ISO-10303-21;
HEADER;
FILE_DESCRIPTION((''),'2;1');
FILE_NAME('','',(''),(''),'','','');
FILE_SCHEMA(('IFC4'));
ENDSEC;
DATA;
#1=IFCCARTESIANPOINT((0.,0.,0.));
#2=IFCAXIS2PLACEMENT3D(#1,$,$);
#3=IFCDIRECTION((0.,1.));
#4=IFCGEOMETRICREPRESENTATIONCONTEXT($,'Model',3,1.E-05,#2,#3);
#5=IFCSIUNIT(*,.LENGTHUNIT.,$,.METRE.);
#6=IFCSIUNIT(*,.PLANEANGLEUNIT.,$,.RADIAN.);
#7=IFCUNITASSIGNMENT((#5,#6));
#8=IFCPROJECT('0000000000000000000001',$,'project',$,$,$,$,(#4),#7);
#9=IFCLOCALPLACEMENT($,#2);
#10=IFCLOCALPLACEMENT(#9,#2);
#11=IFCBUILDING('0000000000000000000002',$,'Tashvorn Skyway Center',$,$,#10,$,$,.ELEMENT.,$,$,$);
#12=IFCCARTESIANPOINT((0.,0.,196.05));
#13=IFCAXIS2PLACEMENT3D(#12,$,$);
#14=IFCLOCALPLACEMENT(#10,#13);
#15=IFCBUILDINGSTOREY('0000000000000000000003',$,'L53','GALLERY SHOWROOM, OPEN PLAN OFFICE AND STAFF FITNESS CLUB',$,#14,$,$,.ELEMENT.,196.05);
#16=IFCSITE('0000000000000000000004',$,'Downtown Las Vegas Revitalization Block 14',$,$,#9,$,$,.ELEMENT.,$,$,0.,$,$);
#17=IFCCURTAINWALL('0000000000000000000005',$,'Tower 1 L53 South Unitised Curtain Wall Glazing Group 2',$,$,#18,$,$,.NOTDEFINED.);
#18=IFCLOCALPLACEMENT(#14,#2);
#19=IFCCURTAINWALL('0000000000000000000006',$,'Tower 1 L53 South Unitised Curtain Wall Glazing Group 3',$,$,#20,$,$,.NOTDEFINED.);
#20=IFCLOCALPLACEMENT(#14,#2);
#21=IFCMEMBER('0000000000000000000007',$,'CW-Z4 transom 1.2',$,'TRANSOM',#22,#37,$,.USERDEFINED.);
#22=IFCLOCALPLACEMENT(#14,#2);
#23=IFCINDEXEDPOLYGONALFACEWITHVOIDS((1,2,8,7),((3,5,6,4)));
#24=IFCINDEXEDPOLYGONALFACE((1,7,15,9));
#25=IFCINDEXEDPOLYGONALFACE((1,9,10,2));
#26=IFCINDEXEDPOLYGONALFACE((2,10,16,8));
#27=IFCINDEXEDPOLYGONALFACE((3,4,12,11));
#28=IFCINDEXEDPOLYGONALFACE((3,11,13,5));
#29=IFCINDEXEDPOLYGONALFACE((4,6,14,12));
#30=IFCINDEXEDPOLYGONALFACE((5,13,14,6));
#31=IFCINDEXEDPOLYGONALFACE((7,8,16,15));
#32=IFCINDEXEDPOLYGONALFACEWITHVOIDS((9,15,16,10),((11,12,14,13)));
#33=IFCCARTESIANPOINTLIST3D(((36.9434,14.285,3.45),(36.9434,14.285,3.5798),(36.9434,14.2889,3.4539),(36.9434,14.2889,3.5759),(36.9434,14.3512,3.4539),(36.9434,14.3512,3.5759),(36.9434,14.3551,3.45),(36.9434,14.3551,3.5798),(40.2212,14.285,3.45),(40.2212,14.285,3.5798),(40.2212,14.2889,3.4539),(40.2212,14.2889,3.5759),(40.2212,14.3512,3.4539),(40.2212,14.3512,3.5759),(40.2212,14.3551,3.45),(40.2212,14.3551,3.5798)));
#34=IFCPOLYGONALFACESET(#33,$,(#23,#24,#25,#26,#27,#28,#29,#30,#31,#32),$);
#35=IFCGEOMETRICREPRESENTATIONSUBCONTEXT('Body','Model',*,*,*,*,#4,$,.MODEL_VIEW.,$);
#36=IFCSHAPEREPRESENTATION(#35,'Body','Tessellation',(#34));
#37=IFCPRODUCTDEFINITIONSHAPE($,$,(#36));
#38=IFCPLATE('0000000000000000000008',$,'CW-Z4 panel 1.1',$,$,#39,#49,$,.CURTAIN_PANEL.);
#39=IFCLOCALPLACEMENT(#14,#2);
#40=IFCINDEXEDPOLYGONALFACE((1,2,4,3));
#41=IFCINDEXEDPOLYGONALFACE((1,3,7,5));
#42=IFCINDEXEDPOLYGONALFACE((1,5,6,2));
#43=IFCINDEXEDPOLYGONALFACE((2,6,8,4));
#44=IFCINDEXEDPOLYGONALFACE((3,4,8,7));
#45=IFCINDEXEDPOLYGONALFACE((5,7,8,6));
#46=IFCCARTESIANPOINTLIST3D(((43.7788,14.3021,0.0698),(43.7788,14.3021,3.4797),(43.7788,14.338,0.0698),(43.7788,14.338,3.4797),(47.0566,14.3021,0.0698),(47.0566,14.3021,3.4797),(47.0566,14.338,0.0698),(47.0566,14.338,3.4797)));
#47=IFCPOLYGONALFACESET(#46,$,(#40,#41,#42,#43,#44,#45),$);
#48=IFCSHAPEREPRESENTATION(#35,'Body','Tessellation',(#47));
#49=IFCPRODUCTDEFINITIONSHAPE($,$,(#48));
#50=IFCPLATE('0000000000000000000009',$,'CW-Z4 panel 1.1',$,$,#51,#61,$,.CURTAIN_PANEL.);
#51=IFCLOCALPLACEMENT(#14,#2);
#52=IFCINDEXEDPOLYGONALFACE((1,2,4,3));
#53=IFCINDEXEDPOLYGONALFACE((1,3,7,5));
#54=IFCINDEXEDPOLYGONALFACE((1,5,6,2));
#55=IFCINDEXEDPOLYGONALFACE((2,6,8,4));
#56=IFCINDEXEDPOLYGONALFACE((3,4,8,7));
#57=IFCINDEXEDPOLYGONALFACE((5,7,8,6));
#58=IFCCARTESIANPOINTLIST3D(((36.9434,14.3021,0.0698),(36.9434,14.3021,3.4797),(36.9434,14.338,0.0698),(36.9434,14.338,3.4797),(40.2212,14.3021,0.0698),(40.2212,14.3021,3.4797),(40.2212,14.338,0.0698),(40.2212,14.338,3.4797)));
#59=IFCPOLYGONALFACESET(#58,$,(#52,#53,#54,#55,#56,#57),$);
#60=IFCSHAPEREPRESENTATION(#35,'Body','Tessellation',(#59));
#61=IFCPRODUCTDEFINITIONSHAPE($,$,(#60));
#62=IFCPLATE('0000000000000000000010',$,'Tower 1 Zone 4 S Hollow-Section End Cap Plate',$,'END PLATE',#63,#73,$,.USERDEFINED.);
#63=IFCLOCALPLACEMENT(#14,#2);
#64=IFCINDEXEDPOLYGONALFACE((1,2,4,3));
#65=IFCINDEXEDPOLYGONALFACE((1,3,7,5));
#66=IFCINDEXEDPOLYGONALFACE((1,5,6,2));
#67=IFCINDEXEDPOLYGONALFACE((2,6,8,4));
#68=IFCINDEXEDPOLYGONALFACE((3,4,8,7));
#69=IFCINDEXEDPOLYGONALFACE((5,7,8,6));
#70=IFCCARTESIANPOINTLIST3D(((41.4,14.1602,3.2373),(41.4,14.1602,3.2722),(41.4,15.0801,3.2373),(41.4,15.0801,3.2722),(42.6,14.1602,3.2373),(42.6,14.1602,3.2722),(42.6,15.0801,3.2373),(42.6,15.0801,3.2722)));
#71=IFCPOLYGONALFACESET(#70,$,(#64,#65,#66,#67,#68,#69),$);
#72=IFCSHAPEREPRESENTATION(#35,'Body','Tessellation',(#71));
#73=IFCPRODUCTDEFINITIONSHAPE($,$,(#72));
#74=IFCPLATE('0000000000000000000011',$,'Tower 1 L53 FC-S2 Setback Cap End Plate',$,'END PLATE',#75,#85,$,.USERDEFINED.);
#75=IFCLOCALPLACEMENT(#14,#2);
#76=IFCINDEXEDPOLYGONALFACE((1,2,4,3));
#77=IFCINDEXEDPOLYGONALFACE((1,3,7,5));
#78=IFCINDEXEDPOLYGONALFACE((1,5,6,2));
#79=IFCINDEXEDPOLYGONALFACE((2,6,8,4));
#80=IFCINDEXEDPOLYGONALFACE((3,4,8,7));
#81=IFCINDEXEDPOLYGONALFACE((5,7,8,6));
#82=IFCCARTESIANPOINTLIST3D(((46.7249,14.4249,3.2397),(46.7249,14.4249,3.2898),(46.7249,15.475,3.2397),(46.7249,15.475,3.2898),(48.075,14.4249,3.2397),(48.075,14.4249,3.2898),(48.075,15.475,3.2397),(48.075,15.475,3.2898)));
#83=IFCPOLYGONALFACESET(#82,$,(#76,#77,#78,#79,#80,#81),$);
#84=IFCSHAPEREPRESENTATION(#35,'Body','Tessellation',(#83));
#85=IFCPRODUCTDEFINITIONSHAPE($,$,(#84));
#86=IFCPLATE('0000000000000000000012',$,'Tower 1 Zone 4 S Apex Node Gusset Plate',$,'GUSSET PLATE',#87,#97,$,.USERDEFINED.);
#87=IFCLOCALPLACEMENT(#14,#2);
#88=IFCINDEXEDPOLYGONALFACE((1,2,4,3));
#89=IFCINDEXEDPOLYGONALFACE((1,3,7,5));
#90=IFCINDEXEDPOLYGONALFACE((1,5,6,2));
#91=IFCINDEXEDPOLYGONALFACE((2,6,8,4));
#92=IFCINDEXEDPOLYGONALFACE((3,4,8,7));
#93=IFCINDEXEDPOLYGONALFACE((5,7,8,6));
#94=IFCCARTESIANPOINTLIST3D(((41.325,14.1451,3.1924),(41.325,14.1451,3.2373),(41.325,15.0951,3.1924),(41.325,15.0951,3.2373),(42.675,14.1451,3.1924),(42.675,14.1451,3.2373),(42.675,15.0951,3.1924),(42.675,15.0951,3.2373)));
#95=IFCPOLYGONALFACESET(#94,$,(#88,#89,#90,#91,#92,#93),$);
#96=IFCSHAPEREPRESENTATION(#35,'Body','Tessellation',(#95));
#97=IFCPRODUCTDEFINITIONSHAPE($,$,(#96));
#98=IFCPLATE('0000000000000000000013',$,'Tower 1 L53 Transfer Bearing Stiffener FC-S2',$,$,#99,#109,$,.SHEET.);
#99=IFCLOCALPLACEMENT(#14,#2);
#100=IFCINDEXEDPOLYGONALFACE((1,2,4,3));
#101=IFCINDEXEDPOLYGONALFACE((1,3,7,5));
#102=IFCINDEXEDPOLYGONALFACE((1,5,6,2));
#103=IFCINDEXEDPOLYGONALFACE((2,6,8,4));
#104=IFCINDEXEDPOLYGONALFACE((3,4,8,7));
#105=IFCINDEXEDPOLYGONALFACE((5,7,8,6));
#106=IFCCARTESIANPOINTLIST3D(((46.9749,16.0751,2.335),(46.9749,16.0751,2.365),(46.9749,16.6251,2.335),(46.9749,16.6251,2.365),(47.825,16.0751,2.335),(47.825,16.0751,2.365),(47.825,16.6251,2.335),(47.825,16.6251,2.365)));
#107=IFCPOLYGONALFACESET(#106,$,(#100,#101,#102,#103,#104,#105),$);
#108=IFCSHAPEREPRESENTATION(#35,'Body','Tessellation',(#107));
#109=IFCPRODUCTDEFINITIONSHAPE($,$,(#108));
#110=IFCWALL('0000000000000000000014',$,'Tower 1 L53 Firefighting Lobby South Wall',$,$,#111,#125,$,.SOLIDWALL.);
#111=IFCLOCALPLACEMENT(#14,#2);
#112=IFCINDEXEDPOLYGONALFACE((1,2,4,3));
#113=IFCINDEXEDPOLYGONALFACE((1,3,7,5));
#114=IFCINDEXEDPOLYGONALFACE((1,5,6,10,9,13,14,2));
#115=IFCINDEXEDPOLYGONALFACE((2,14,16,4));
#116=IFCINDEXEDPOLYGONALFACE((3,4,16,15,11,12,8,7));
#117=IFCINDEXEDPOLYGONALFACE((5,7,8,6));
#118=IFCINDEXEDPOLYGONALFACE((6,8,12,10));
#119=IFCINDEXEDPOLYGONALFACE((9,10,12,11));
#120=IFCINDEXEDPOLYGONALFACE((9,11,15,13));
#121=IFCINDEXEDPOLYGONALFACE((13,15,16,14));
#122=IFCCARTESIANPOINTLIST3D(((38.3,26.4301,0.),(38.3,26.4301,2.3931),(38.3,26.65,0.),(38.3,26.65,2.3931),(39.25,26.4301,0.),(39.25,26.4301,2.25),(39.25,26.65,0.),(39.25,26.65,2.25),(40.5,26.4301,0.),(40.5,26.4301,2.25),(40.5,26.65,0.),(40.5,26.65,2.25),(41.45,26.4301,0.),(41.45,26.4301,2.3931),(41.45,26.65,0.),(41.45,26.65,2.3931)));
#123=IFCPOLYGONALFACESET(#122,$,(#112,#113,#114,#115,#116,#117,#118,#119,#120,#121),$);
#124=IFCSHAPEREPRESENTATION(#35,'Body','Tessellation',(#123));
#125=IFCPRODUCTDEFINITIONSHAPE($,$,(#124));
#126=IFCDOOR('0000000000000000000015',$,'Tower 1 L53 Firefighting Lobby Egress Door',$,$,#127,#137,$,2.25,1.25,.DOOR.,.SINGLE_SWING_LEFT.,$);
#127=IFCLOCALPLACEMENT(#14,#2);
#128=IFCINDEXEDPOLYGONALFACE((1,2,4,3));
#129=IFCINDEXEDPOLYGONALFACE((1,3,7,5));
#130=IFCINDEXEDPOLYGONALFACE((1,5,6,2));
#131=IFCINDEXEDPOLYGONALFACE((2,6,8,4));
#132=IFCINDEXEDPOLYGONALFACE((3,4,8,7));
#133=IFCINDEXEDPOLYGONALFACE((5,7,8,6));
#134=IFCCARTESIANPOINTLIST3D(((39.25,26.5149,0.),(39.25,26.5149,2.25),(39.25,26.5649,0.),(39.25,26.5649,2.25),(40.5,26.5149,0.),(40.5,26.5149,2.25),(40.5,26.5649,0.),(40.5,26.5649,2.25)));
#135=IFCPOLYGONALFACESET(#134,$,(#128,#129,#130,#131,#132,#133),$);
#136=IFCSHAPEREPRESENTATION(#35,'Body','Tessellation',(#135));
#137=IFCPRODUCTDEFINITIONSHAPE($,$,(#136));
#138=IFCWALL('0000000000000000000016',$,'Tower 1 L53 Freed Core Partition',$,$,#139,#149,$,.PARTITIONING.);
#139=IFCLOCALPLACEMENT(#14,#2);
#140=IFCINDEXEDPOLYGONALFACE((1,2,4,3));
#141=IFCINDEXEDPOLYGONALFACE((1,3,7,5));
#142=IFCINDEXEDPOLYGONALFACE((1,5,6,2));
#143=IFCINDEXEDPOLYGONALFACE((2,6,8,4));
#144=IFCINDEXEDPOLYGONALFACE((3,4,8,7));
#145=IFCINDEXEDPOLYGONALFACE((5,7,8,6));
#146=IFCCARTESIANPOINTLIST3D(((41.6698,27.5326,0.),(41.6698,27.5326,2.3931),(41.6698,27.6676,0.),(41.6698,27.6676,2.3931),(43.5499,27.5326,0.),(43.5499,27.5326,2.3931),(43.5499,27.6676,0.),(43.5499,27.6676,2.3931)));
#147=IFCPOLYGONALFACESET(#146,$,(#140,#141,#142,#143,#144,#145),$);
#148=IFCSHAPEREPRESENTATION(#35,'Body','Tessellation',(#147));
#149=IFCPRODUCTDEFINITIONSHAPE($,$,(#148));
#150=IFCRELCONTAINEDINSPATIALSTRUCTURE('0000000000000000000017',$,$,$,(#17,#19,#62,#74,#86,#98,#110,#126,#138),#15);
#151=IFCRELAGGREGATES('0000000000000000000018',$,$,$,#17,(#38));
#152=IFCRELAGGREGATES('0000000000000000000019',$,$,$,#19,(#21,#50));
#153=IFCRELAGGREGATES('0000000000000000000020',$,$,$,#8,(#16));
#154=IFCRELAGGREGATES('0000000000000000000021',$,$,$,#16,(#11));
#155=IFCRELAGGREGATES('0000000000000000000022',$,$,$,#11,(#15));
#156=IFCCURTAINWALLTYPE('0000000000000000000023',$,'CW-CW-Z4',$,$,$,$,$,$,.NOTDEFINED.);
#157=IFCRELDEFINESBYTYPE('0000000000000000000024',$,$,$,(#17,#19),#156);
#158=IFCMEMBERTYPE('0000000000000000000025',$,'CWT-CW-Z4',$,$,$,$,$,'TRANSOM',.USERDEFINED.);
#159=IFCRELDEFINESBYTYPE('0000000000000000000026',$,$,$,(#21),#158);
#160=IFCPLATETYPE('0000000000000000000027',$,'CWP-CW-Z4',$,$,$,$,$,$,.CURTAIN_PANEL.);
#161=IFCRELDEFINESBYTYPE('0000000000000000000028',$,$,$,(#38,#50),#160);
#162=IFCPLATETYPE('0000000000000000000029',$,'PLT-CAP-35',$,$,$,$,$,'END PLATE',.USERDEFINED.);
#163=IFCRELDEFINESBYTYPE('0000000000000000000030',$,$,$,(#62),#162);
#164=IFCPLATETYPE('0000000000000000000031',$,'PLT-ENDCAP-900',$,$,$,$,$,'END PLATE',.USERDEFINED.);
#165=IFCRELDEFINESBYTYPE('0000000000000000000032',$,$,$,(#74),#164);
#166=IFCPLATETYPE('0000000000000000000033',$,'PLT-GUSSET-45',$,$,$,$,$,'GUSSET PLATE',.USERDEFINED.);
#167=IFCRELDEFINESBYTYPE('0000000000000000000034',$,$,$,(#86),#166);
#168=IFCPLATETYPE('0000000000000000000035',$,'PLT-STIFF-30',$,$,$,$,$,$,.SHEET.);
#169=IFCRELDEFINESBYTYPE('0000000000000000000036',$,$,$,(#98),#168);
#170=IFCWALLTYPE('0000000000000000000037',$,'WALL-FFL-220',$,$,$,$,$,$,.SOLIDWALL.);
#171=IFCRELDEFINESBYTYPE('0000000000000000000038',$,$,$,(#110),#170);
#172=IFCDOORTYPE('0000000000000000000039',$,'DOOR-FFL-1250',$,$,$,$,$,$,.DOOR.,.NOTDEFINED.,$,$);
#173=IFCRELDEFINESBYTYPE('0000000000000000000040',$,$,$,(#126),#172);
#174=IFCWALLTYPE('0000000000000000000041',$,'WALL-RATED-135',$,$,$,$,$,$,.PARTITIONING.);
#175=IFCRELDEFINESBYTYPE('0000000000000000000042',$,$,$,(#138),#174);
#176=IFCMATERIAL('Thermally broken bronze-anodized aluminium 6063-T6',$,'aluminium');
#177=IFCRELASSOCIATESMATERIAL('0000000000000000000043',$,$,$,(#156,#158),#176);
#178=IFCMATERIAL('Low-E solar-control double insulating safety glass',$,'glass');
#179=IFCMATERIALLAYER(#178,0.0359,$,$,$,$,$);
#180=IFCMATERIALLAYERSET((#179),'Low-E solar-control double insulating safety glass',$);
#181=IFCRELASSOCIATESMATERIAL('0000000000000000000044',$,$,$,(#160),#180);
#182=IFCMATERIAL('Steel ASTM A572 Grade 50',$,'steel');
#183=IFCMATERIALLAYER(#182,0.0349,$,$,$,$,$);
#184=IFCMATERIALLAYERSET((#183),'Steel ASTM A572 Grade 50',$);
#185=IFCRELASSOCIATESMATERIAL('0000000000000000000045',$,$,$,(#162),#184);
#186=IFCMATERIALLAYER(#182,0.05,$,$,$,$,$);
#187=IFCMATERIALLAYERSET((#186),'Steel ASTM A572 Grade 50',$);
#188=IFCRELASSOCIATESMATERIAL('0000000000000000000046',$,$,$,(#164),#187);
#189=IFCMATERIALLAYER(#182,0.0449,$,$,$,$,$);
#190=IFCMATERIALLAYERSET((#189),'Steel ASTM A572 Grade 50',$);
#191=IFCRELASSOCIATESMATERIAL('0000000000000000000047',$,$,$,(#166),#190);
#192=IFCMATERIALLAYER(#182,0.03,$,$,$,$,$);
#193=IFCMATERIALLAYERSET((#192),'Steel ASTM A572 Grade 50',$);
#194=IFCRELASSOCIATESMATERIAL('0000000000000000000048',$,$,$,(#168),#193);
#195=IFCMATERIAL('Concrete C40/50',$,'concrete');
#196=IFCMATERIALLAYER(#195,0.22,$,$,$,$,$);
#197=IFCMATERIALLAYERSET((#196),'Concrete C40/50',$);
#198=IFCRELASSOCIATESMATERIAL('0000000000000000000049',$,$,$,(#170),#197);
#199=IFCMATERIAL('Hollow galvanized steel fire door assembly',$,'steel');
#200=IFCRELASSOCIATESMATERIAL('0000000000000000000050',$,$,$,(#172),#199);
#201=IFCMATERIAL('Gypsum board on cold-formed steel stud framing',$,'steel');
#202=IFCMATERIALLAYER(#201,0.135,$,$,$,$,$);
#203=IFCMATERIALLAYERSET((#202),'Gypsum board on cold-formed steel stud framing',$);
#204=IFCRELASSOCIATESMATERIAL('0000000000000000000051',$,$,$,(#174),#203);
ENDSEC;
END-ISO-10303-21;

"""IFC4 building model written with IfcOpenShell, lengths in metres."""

from ifc_helpers import new_model, si_unit, direction, frame, frame_2d, origin, origin_2d, place, context, subcontext, project, spatial, rectangle, hollow_rectangle, extrude, material, layer, layer_set, material_profile, profile_set, type_object, element, fill, aggregate, save


model = new_model("IFC4")

# Units and contexts
model_context = context("Model", 3, precision=1e-05, world=origin(), true_north=direction((0.0, 1.0)))
body_context = subcontext(model_context, "Body", "Model", "MODEL_VIEW")
ifc_project = project(units=[si_unit("LENGTHUNIT", "METRE"), si_unit("PLANEANGLEUNIT", "RADIAN")], contexts=[model_context])

# Site, building, storey
site_placement = place(None, origin())
site = spatial("IfcSite", under=ifc_project, at=site_placement, Name="Downtown Las Vegas Revitalization Block 14", CompositionType="ELEMENT", RefElevation=0.0)
building_placement = place(site_placement, origin())
building = spatial("IfcBuilding", under=site, at=building_placement, Name="Tashvorn Skyway Center", CompositionType="ELEMENT")
storey_placement = place(building_placement, frame((0.0, 0.0, 196.05)))
storey = spatial("IfcBuildingStorey", under=building, at=storey_placement, Name="L53", Description="GALLERY SHOWROOM, OPEN PLAN OFFICE AND STAFF FITNESS CLUB", CompositionType="ELEMENT", Elevation=196.05)

# Shared definitions
ifc_material_1 = material(Name="Steel ASTM A572 Grade 50", Category="steel")

# Shared definitions
ifc_material_2 = material(Name="Thermally broken bronze-anodized aluminium 6063-T6", Category="aluminium")
curtain_wall_type = type_object("IfcCurtainWallType", Name="CW-CW-Z4", PredefinedType="NOTDEFINED", material=ifc_material_2)

# Curtain wall
curtain_wall_1_placement = place(storey_placement, origin())
curtain_wall_1 = element("IfcCurtainWall", 1, at=curtain_wall_1_placement, inside=storey, type_object=curtain_wall_type, Name="Tower 1 L53 South Unitised Curtain Wall Glazing Group 2", PredefinedType="NOTDEFINED")

# Curtain wall
curtain_wall_2_placement = place(storey_placement, origin())
curtain_wall_2 = element("IfcCurtainWall", 2, at=curtain_wall_2_placement, inside=storey, type_object=curtain_wall_type, Name="Tower 1 L53 South Unitised Curtain Wall Glazing Group 3", PredefinedType="NOTDEFINED")

# Member
ifc_material_profile_1 = material_profile(ifc_material_2, hollow_rectangle(XDim=0.0701, YDim=0.1299, WallThickness=0.0039, at=origin_2d()), Name="ALU-TRAN-70x130")
ifc_profile_set_1 = profile_set([ifc_material_profile_1], Name="Thermally broken bronze-anodized aluminium 6063-T6")
member_type_1 = type_object("IfcMemberType", Name="CWT-CW-Z4", ElementType="TRANSOM", PredefinedType="USERDEFINED", material=ifc_profile_set_1)
member_1_placement = place(storey_placement, frame((40.2212, 14.3201, 3.5149), z_axis=(-1.0, 0.0, 0.0), x_axis=(0.0, -1.0, 0.0)))
member_1 = element("IfcMember", 3, at=member_1_placement, type_object=member_type_1, Name="CW-Z4 transom 1.2", ObjectType="TRANSOM", PredefinedType="USERDEFINED", context=body_context, shape_type="SweptSolid", body=[
    extrude(hollow_rectangle(XDim=0.0701, YDim=0.1299, WallThickness=0.0039, at=origin_2d()), origin(), (0.0, 0.0, 1.0), 3.2778),
])

# Plates
ifc_material_3 = material(Name="Low-E solar-control double insulating safety glass", Category="glass")
ifc_layer_1 = layer(ifc_material_3, 0.0359)
ifc_layer_set_1 = layer_set([ifc_layer_1], Name="Low-E solar-control double insulating safety glass")
plate_type_1 = type_object("IfcPlateType", Name="CWP-CW-Z4", PredefinedType="CURTAIN_PANEL", material=ifc_layer_set_1)
plate_1_placement = place(storey_placement, frame((45.4177, 14.3201, 0.0698), z_axis=(0.0, 0.0, 1.0), x_axis=(-1.0, 0.0, 0.0)))
plate_1 = element("IfcPlate", 4, at=plate_1_placement, type_object=plate_type_1, Name="CW-Z4 panel 1.1", PredefinedType="CURTAIN_PANEL", context=body_context, shape_type="SweptSolid", body=[
    extrude(rectangle(XDim=3.2778, YDim=0.0359, at=origin_2d()), origin(), (0.0, 0.0, 1.0), 3.4099),
])
aggregate(curtain_wall_1, [plate_1])
plate_2_placement = place(storey_placement, frame((38.5823, 14.3201, 0.0698), z_axis=(0.0, 0.0, 1.0), x_axis=(-1.0, 0.0, 0.0)))
plate_2 = element("IfcPlate", 5, at=plate_2_placement, type_object=plate_type_1, Name="CW-Z4 panel 1.1", PredefinedType="CURTAIN_PANEL", context=body_context, shape_type="SweptSolid", body=[
    extrude(rectangle(XDim=3.2778, YDim=0.0359, at=origin_2d()), origin(), (0.0, 0.0, 1.0), 3.4099),
])
aggregate(curtain_wall_2, [member_1, plate_2])

# Plates
ifc_layer_2 = layer(ifc_material_1, 0.0349)
ifc_layer_set_2 = layer_set([ifc_layer_2], Name="Steel ASTM A572 Grade 50")
plate_type_2 = type_object("IfcPlateType", Name="PLT-CAP-35", ElementType="END PLATE", PredefinedType="USERDEFINED", material=ifc_layer_set_2)
plate_3_placement = place(storey_placement, frame((42.0, 14.6201, 3.2373), z_axis=(0.0, 0.0, 1.0), x_axis=(1.0, 0.0, 0.0)))
element("IfcPlate", 6, at=plate_3_placement, inside=storey, type_object=plate_type_2, Name="Tower 1 Zone 4 S Hollow-Section End Cap Plate", ObjectType="END PLATE", PredefinedType="USERDEFINED", context=body_context, shape_type="SweptSolid", body=[
    extrude(rectangle(XDim=1.2, YDim=0.9199, at=origin_2d()), origin(), (0.0, 0.0, 1.0), 0.0349),
])
ifc_layer_3 = layer(ifc_material_1, 0.05)
ifc_layer_set_3 = layer_set([ifc_layer_3], Name="Steel ASTM A572 Grade 50")
plate_type_3 = type_object("IfcPlateType", Name="PLT-ENDCAP-900", ElementType="END PLATE", PredefinedType="USERDEFINED", material=ifc_layer_set_3)
plate_4_placement = place(storey_placement, frame((47.3999, 14.95, 3.2397), z_axis=(0.0, 0.0, 1.0), x_axis=(1.0, 0.0, 0.0)))
element("IfcPlate", 7, at=plate_4_placement, inside=storey, type_object=plate_type_3, Name="Tower 1 L53 FC-S2 Setback Cap End Plate", ObjectType="END PLATE", PredefinedType="USERDEFINED", context=body_context, shape_type="SweptSolid", body=[
    extrude(rectangle(XDim=1.3501, YDim=1.05, at=origin_2d()), origin(), (0.0, 0.0, 1.0), 0.05),
])
ifc_layer_4 = layer(ifc_material_1, 0.0449)
ifc_layer_set_4 = layer_set([ifc_layer_4], Name="Steel ASTM A572 Grade 50")
plate_type_4 = type_object("IfcPlateType", Name="PLT-GUSSET-45", ElementType="GUSSET PLATE", PredefinedType="USERDEFINED", material=ifc_layer_set_4)
plate_5_placement = place(storey_placement, frame((42.0, 14.6201, 3.1924), z_axis=(0.0, 0.0, 1.0), x_axis=(1.0, 0.0, 0.0)))
element("IfcPlate", 8, at=plate_5_placement, inside=storey, type_object=plate_type_4, Name="Tower 1 Zone 4 S Apex Node Gusset Plate", ObjectType="GUSSET PLATE", PredefinedType="USERDEFINED", context=body_context, shape_type="SweptSolid", body=[
    extrude(rectangle(XDim=1.3501, YDim=0.95, at=origin_2d()), origin(), (0.0, 0.0, 1.0), 0.0449),
])
ifc_layer_5 = layer(ifc_material_1, 0.03)
ifc_layer_set_5 = layer_set([ifc_layer_5], Name="Steel ASTM A572 Grade 50")
plate_type_5 = type_object("IfcPlateType", Name="PLT-STIFF-30", PredefinedType="SHEET", material=ifc_layer_set_5)
plate_6_placement = place(storey_placement, frame((47.3999, 16.3501, 2.335), z_axis=(0.0, 0.0, 1.0), x_axis=(1.0, 0.0, 0.0)))
element("IfcPlate", 9, at=plate_6_placement, inside=storey, type_object=plate_type_5, Name="Tower 1 L53 Transfer Bearing Stiffener FC-S2", PredefinedType="SHEET", context=body_context, shape_type="SweptSolid", body=[
    extrude(rectangle(XDim=0.8501, YDim=0.55, at=origin_2d()), origin(), (0.0, 0.0, 1.0), 0.03),
])

# Wall, opening, door
ifc_material_4 = material(Name="Concrete C40/50", Category="concrete")
ifc_layer_6 = layer(ifc_material_4, 0.22)
ifc_layer_set_6 = layer_set([ifc_layer_6], Name="Concrete C40/50")
wall_type_1 = type_object("IfcWallType", Name="WALL-FFL-220", PredefinedType="SOLIDWALL", material=ifc_layer_set_6)
wall_1_placement = place(storey_placement, frame((38.3, 26.54, 0.0), z_axis=(0.0, 0.0, 1.0), x_axis=(1.0, 0.0, 0.0)))
wall_1 = element("IfcWall", 10, at=wall_1_placement, inside=storey, type_object=wall_type_1, Name="Tower 1 L53 Firefighting Lobby South Wall", PredefinedType="SOLIDWALL", context=body_context, shape_type="SweptSolid", body=[
    extrude(rectangle(XDim=3.1499, YDim=0.22, at=frame_2d((1.575, 0.0))), origin(), (0.0, 0.0, 1.0), 2.3931),
])
opening_1_placement = place(wall_1_placement, frame((0.95, 0.0, 0.0)))
opening_1 = element("IfcOpeningElement", 11, at=opening_1_placement, cuts=wall_1, PredefinedType="OPENING", context=body_context, shape_type="SweptSolid", body=[
    extrude(rectangle(XDim=1.25, YDim=2.25, at=frame_2d((0.625, 1.125))), frame((0.0, 0.1199, 0.0), z_axis=(0.0, -1.0, 0.0), x_axis=(1.0, 0.0, 0.0)), (0.0, 0.0, 1.0), 0.24),
])
ifc_material_5 = material(Name="Hollow galvanized steel fire door assembly", Category="steel")
door_type_1 = type_object("IfcDoorType", Name="DOOR-FFL-1250", OperationType="NOTDEFINED", PredefinedType="DOOR", material=ifc_material_5)
door_1_placement = place(opening_1_placement, origin())
door_1 = element("IfcDoor", 12, at=door_1_placement, inside=storey, type_object=door_type_1, Name="Tower 1 L53 Firefighting Lobby Egress Door", OperationType="SINGLE_SWING_LEFT", OverallHeight=2.25, OverallWidth=1.25, PredefinedType="DOOR", context=body_context, shape_type="SweptSolid", body=[
    extrude(rectangle(XDim=1.25, YDim=2.25, at=frame_2d((0.625, 1.125))), frame((0.0, 0.0249, 0.0), z_axis=(0.0, -1.0, 0.0), x_axis=(1.0, 0.0, 0.0)), (0.0, 0.0, 1.0), 0.05),
])
fill(opening_1, door_1)

# Wall
ifc_material_6 = material(Name="Gypsum board on cold-formed steel stud framing", Category="steel")
ifc_layer_7 = layer(ifc_material_6, 0.135)
ifc_layer_set_7 = layer_set([ifc_layer_7], Name="Gypsum board on cold-formed steel stud framing")
wall_type_2 = type_object("IfcWallType", Name="WALL-RATED-135", PredefinedType="PARTITIONING", material=ifc_layer_set_7)
wall_2_placement = place(storey_placement, frame((41.6699, 27.6001, 0.0), z_axis=(0.0, 0.0, 1.0), x_axis=(1.0, 0.0, 0.0)))
element("IfcWall", 13, at=wall_2_placement, inside=storey, type_object=wall_type_2, Name="Tower 1 L53 Freed Core Partition", PredefinedType="PARTITIONING", context=body_context, shape_type="SweptSolid", body=[
    extrude(rectangle(XDim=1.8801, YDim=0.135, at=frame_2d((0.9399, 0.0))), origin(), (0.0, 0.0, 1.0), 2.3931),
])

save(model, "model.ifc")
